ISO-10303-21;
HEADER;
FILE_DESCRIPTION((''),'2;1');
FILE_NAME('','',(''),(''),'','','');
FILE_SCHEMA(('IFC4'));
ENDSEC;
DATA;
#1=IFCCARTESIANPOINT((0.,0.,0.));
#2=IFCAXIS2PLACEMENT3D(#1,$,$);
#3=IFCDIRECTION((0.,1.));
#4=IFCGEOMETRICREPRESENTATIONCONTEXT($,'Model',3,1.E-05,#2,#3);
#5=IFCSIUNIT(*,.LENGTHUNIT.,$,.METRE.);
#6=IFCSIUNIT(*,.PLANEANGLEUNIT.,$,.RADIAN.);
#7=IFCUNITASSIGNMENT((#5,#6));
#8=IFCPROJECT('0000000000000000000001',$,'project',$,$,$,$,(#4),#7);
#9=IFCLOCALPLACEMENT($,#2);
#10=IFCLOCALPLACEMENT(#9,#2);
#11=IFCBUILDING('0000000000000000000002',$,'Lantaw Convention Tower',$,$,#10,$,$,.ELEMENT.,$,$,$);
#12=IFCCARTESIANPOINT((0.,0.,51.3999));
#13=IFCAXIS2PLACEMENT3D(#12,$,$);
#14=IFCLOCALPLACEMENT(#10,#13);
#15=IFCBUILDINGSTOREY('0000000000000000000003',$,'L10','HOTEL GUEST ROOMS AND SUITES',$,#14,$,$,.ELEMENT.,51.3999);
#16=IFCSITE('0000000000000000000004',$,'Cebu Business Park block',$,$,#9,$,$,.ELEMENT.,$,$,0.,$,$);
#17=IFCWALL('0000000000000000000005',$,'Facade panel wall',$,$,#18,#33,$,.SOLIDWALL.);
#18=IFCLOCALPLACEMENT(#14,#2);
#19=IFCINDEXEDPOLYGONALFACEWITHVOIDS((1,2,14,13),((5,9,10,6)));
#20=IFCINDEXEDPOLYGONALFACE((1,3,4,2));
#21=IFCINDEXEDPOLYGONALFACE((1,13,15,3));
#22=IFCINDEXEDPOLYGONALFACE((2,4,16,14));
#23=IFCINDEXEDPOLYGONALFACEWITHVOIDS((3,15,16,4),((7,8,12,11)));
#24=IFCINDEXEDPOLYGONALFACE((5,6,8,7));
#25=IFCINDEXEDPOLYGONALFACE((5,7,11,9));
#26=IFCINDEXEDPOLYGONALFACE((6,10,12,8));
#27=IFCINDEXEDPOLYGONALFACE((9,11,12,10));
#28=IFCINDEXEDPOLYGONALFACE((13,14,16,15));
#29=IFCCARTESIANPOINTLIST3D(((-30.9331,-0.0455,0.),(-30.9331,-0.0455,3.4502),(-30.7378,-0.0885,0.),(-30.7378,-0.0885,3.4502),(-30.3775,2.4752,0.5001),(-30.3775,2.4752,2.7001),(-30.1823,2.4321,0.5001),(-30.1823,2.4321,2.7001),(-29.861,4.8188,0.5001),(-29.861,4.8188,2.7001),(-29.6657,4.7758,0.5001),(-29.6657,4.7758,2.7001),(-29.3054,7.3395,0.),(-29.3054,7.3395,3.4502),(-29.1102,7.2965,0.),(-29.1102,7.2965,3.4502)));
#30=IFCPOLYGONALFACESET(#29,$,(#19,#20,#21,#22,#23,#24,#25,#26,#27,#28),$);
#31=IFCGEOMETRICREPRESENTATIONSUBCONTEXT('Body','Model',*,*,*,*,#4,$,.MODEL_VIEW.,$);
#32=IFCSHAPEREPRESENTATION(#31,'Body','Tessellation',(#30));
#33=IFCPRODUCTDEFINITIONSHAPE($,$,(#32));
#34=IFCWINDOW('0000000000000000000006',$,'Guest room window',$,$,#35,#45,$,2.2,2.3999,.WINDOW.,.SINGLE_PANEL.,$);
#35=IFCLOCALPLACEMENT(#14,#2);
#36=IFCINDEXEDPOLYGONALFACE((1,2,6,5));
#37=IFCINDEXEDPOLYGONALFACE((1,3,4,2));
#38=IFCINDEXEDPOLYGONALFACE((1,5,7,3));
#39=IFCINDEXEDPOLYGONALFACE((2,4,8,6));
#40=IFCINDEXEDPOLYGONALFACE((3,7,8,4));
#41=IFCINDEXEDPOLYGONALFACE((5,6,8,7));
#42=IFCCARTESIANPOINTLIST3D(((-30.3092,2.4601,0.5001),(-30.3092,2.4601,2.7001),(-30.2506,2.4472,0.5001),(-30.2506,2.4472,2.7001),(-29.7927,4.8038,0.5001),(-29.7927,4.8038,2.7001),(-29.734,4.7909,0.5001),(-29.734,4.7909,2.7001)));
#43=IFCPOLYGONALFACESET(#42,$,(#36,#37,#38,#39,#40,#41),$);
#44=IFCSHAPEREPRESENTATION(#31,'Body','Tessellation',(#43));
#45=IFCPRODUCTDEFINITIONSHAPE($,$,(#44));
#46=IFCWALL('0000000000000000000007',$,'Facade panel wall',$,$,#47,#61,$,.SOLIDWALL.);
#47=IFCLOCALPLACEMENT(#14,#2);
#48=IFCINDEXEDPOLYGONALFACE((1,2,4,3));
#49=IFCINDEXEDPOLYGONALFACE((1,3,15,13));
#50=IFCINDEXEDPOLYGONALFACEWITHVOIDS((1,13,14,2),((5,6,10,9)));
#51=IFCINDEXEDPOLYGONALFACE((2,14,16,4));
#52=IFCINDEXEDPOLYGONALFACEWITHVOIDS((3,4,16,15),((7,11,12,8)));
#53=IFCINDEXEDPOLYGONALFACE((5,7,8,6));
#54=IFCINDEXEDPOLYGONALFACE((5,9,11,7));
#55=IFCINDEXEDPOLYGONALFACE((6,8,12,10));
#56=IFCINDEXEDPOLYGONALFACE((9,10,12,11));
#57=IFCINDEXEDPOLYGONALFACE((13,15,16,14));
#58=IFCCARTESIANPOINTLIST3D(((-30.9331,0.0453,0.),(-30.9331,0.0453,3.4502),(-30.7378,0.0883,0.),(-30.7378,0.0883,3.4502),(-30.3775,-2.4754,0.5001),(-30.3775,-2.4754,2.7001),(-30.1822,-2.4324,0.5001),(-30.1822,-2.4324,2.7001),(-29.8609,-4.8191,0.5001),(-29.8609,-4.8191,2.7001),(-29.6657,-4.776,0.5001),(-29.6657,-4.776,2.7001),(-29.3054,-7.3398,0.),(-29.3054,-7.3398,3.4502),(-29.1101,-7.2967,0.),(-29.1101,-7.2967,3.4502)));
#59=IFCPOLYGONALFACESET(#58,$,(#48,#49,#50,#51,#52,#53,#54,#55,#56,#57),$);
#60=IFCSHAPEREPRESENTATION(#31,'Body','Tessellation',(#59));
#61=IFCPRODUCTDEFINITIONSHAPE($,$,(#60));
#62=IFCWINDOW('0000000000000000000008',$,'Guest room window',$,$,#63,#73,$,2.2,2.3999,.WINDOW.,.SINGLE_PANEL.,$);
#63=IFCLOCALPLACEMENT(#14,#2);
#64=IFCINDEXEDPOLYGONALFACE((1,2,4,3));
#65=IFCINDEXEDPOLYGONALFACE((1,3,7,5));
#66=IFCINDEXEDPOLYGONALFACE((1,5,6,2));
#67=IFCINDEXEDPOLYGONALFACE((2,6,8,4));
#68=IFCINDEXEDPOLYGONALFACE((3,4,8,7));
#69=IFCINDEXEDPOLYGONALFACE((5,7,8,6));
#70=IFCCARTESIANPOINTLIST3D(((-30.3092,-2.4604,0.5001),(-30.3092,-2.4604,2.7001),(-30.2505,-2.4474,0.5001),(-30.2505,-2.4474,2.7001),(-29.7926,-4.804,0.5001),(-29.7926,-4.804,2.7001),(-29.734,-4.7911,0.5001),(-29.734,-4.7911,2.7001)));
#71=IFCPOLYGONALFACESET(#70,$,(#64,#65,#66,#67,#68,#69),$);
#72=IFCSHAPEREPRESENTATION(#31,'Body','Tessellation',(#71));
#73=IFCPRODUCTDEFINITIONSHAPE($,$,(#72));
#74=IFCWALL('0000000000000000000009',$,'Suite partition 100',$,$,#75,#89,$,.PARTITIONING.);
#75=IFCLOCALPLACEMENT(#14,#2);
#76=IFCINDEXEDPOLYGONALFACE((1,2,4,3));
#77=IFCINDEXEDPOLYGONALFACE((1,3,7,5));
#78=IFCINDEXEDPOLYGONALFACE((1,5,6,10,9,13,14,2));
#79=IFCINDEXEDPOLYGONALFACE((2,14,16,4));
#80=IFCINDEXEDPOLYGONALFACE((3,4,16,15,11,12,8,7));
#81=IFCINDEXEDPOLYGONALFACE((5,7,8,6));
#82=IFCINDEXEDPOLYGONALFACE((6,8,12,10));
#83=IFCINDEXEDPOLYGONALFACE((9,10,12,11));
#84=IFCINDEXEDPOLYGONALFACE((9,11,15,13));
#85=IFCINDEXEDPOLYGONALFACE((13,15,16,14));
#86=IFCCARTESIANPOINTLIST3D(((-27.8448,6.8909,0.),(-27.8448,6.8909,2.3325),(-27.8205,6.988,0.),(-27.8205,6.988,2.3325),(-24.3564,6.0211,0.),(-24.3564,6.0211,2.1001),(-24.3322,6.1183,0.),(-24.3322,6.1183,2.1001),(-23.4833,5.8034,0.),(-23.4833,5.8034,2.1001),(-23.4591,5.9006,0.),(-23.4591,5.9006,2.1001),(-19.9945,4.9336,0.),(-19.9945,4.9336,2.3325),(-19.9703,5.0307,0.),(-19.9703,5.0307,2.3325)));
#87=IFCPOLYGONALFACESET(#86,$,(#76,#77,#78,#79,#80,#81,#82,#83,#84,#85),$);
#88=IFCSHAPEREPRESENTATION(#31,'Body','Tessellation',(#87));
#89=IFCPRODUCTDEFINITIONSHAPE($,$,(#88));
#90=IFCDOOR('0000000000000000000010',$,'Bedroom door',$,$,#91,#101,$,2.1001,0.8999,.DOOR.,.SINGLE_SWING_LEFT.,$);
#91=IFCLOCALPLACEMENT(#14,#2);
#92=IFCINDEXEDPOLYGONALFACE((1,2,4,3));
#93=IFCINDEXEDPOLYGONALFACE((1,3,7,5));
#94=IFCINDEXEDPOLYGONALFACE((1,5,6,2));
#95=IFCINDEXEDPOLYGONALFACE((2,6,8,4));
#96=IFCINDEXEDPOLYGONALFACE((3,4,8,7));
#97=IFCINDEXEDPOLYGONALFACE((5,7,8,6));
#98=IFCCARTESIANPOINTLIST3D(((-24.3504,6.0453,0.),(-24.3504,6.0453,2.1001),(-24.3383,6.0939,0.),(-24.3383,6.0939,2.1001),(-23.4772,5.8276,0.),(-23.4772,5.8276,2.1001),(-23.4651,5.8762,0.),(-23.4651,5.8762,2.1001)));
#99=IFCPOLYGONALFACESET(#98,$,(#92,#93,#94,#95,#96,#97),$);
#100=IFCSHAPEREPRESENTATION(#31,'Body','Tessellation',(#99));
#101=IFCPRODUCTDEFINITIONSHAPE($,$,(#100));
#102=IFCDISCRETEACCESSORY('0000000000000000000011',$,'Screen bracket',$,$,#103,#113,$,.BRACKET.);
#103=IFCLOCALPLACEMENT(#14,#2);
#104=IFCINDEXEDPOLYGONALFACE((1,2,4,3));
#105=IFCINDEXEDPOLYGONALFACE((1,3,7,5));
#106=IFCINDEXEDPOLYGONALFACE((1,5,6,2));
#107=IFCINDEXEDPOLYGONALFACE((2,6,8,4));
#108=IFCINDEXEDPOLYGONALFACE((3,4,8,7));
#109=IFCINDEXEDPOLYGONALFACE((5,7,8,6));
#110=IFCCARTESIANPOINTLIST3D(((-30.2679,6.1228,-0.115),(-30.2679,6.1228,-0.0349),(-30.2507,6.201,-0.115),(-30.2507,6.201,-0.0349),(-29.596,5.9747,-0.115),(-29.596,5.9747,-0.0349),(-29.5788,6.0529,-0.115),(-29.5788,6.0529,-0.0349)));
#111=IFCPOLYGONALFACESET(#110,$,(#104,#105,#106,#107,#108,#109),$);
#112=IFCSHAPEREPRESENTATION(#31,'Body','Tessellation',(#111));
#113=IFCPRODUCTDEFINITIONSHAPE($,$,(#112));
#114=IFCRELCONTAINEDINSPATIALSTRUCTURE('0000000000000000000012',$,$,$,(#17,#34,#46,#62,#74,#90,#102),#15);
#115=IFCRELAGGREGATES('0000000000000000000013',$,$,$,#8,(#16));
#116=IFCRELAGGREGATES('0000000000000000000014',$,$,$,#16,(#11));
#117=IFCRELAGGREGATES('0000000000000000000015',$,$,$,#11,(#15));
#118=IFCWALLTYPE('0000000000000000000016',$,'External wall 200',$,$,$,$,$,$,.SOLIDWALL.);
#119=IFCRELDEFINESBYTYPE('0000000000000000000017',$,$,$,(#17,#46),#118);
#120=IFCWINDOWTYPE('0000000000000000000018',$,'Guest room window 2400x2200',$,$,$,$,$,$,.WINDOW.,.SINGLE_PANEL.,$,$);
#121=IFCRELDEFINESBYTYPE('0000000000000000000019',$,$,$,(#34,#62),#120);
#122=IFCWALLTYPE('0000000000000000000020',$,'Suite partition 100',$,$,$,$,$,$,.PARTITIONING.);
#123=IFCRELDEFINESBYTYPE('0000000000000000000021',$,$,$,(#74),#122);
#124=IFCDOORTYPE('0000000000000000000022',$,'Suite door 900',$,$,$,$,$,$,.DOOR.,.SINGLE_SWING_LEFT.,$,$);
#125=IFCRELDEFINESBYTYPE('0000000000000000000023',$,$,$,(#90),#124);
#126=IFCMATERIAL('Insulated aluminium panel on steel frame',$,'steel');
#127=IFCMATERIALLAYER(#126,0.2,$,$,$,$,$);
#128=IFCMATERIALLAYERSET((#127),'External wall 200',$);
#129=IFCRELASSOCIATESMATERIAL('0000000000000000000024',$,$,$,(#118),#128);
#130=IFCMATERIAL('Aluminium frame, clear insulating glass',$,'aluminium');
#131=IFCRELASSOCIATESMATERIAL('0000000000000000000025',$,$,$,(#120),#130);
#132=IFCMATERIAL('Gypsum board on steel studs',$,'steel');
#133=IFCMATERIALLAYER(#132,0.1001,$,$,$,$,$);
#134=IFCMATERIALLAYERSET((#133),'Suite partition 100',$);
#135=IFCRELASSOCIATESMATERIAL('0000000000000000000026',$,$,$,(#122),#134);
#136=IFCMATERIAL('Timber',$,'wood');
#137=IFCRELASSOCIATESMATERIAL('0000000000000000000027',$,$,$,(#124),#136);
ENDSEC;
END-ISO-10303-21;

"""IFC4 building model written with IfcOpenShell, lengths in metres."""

from ifc_helpers import new_model, si_unit, direction, frame, frame_2d, origin, origin_2d, place, context, subcontext, project, spatial, rectangle, extrude, material, layer, layer_set, type_object, element, fill, save


model = new_model("IFC4")

# Units and contexts
model_context = context("Model", 3, precision=1e-05, world=origin(), true_north=direction((0.0, 1.0)))
body_context = subcontext(model_context, "Body", "Model", "MODEL_VIEW")
ifc_project = project(units=[si_unit("LENGTHUNIT", "METRE"), si_unit("PLANEANGLEUNIT", "RADIAN")], contexts=[model_context])

# Site, building, storey
site_placement = place(None, origin())
site = spatial("IfcSite", under=ifc_project, at=site_placement, Name="Cebu Business Park block", CompositionType="ELEMENT", RefElevation=0.0)
building_placement = place(site_placement, origin())
building = spatial("IfcBuilding", under=site, at=building_placement, Name="Lantaw Convention Tower", CompositionType="ELEMENT")
storey_placement = place(building_placement, frame((0.0, 0.0, 51.3999)))
storey = spatial("IfcBuildingStorey", under=building, at=storey_placement, Name="L10", Description="HOTEL GUEST ROOMS AND SUITES", CompositionType="ELEMENT", Elevation=51.3999)

# Walls, openings, windows
ifc_material_1 = material(Name="Insulated aluminium panel on steel frame", Category="steel")
ifc_layer_1 = layer(ifc_material_1, 0.2)
ifc_layer_set_1 = layer_set([ifc_layer_1], Name="External wall 200")
wall_type_1 = type_object("IfcWallType", Name="External wall 200", PredefinedType="SOLIDWALL", material=ifc_layer_set_1)
wall_1_placement = place(storey_placement, frame((-29.2078, 7.3181, 0.0), z_axis=(0.0, 0.0, 1.0), x_axis=(-0.215238, -0.976562, 0.0)))
wall_1 = element("IfcWall", 1, at=wall_1_placement, inside=storey, type_object=wall_type_1, Name="Facade panel wall", PredefinedType="SOLIDWALL", context=body_context, shape_type="SweptSolid", body=[
    extrude(rectangle(XDim=7.5623, YDim=0.2, at=frame_2d((3.7812, 0.0))), origin(), (0.0, 0.0, 1.0), 3.4502),
])
opening_1_placement = place(wall_1_placement, frame((2.5813, 0.0, 0.5)))
opening_1 = element("IfcOpeningElement", 2, at=opening_1_placement, cuts=wall_1, PredefinedType="OPENING", context=body_context, shape_type="SweptSolid", body=[
    extrude(rectangle(XDim=2.3999, YDim=2.2, at=frame_2d((1.2, 1.1001))), frame((0.0, 0.1099, 0.0), z_axis=(0.0, -1.0, 0.0), x_axis=(1.0, 0.0, 0.0)), (0.0, 0.0, 1.0), 0.22),
])
ifc_material_2 = material(Name="Aluminium frame, clear insulating glass", Category="aluminium")
window_type = type_object("IfcWindowType", Name="Guest room window 2400x2200", PartitioningType="SINGLE_PANEL", PredefinedType="WINDOW", material=ifc_material_2)
window_1_placement = place(opening_1_placement, origin())
window_1 = element("IfcWindow", 3, at=window_1_placement, inside=storey, type_object=window_type, Name="Guest room window", OverallHeight=2.2, OverallWidth=2.3999, PartitioningType="SINGLE_PANEL", PredefinedType="WINDOW", context=body_context, shape_type="SweptSolid", body=[
    extrude(rectangle(XDim=2.3999, YDim=2.2, at=frame_2d((1.2, 1.1001))), frame((0.0, 0.03, 0.0), z_axis=(0.0, -1.0, 0.0), x_axis=(1.0, 0.0, 0.0)), (0.0, 0.0, 1.0), 0.0601),
])
fill(opening_1, window_1)
wall_2_placement = place(storey_placement, frame((-30.8354, 0.0669, 0.0), z_axis=(0.0, 0.0, 1.0), x_axis=(0.215238, -0.976562, 0.0)))
wall_2 = element("IfcWall", 4, at=wall_2_placement, inside=storey, type_object=wall_type_1, Name="Facade panel wall", PredefinedType="SOLIDWALL", context=body_context, shape_type="SweptSolid", body=[
    extrude(rectangle(XDim=7.5623, YDim=0.2, at=frame_2d((3.7812, 0.0))), origin(), (0.0, 0.0, 1.0), 3.4502),
])
opening_2_placement = place(wall_2_placement, frame((2.5813, 0.0, 0.5)))
opening_2 = element("IfcOpeningElement", 5, at=opening_2_placement, cuts=wall_2, PredefinedType="OPENING", context=body_context, shape_type="SweptSolid", body=[
    extrude(rectangle(XDim=2.3999, YDim=2.2, at=frame_2d((1.2, 1.1001))), frame((0.0, 0.1099, 0.0), z_axis=(0.0, -1.0, 0.0), x_axis=(1.0, 0.0, 0.0)), (0.0, 0.0, 1.0), 0.22),
])
window_2_placement = place(opening_2_placement, origin())
window_2 = element("IfcWindow", 6, at=window_2_placement, inside=storey, type_object=window_type, Name="Guest room window", OverallHeight=2.2, OverallWidth=2.3999, PartitioningType="SINGLE_PANEL", PredefinedType="WINDOW", context=body_context, shape_type="SweptSolid", body=[
    extrude(rectangle(XDim=2.3999, YDim=2.2, at=frame_2d((1.2, 1.1001))), frame((0.0, 0.03, 0.0), z_axis=(0.0, -1.0, 0.0), x_axis=(1.0, 0.0, 0.0)), (0.0, 0.0, 1.0), 0.0601),
])
fill(opening_2, window_2)

# Wall, opening, door
ifc_material_3 = material(Name="Gypsum board on steel studs", Category="steel")
ifc_layer_2 = layer(ifc_material_3, 0.1001)
ifc_layer_set_2 = layer_set([ifc_layer_2], Name="Suite partition 100")
wall_type_2 = type_object("IfcWallType", Name="Suite partition 100", PredefinedType="PARTITIONING", material=ifc_layer_set_2)
wall_3_placement = place(storey_placement, frame((-27.8328, 6.9395, 0.0), z_axis=(0.0, 0.0, 1.0), x_axis=(0.970297, -0.241918, 0.0)))
wall_3 = element("IfcWall", 7, at=wall_3_placement, inside=storey, type_object=wall_type_2, Name="Suite partition 100", PredefinedType="PARTITIONING", context=body_context, shape_type="SweptSolid", body=[
    extrude(rectangle(XDim=8.0906, YDim=0.1001, at=frame_2d((4.0454, 0.0))), origin(), (0.0, 0.0, 1.0), 2.3325),
])
opening_3_placement = place(wall_3_placement, frame((3.5952, 0.0, 0.0)))
opening_3 = element("IfcOpeningElement", 8, at=opening_3_placement, cuts=wall_3, PredefinedType="OPENING", context=body_context, shape_type="SweptSolid", body=[
    extrude(rectangle(XDim=0.8999, YDim=2.1001, at=frame_2d((0.45, 1.05))), frame((0.0, 0.0601, 0.0), z_axis=(0.0, -1.0, 0.0), x_axis=(1.0, 0.0, 0.0)), (0.0, 0.0, 1.0), 0.1201),
])
ifc_material_4 = material(Name="Timber", Category="wood")
door_type_1 = type_object("IfcDoorType", Name="Suite door 900", OperationType="SINGLE_SWING_LEFT", PredefinedType="DOOR", material=ifc_material_4)
door_1_placement = place(opening_3_placement, origin())
door_1 = element("IfcDoor", 9, at=door_1_placement, inside=storey, type_object=door_type_1, Name="Bedroom door", OperationType="SINGLE_SWING_LEFT", OverallHeight=2.1001, OverallWidth=0.8999, PredefinedType="DOOR", context=body_context, shape_type="SweptSolid", body=[
    extrude(rectangle(XDim=0.8999, YDim=2.1001, at=frame_2d((0.45, 1.05))), frame((0.0, 0.0249, 0.0), z_axis=(0.0, -1.0, 0.0), x_axis=(1.0, 0.0, 0.0)), (0.0, 0.0, 1.0), 0.05),
])
fill(opening_3, door_1)

# Discrete accessory
discrete_accessory_placement = place(storey_placement, frame((-29.9233, 6.0879, -0.115), z_axis=(0.0, 0.0, 1.0), x_axis=(-0.215246, -0.97656, 0.0)))
element("IfcDiscreteAccessory", 10, at=discrete_accessory_placement, inside=storey, Name="Screen bracket", PredefinedType="BRACKET", context=body_context, shape_type="SweptSolid", body=[
    extrude(rectangle(XDim=0.0801, YDim=0.688, at=origin_2d()), origin(), (0.0, 0.0, 1.0), 0.0801),
])

save(model, "model.ifc")
